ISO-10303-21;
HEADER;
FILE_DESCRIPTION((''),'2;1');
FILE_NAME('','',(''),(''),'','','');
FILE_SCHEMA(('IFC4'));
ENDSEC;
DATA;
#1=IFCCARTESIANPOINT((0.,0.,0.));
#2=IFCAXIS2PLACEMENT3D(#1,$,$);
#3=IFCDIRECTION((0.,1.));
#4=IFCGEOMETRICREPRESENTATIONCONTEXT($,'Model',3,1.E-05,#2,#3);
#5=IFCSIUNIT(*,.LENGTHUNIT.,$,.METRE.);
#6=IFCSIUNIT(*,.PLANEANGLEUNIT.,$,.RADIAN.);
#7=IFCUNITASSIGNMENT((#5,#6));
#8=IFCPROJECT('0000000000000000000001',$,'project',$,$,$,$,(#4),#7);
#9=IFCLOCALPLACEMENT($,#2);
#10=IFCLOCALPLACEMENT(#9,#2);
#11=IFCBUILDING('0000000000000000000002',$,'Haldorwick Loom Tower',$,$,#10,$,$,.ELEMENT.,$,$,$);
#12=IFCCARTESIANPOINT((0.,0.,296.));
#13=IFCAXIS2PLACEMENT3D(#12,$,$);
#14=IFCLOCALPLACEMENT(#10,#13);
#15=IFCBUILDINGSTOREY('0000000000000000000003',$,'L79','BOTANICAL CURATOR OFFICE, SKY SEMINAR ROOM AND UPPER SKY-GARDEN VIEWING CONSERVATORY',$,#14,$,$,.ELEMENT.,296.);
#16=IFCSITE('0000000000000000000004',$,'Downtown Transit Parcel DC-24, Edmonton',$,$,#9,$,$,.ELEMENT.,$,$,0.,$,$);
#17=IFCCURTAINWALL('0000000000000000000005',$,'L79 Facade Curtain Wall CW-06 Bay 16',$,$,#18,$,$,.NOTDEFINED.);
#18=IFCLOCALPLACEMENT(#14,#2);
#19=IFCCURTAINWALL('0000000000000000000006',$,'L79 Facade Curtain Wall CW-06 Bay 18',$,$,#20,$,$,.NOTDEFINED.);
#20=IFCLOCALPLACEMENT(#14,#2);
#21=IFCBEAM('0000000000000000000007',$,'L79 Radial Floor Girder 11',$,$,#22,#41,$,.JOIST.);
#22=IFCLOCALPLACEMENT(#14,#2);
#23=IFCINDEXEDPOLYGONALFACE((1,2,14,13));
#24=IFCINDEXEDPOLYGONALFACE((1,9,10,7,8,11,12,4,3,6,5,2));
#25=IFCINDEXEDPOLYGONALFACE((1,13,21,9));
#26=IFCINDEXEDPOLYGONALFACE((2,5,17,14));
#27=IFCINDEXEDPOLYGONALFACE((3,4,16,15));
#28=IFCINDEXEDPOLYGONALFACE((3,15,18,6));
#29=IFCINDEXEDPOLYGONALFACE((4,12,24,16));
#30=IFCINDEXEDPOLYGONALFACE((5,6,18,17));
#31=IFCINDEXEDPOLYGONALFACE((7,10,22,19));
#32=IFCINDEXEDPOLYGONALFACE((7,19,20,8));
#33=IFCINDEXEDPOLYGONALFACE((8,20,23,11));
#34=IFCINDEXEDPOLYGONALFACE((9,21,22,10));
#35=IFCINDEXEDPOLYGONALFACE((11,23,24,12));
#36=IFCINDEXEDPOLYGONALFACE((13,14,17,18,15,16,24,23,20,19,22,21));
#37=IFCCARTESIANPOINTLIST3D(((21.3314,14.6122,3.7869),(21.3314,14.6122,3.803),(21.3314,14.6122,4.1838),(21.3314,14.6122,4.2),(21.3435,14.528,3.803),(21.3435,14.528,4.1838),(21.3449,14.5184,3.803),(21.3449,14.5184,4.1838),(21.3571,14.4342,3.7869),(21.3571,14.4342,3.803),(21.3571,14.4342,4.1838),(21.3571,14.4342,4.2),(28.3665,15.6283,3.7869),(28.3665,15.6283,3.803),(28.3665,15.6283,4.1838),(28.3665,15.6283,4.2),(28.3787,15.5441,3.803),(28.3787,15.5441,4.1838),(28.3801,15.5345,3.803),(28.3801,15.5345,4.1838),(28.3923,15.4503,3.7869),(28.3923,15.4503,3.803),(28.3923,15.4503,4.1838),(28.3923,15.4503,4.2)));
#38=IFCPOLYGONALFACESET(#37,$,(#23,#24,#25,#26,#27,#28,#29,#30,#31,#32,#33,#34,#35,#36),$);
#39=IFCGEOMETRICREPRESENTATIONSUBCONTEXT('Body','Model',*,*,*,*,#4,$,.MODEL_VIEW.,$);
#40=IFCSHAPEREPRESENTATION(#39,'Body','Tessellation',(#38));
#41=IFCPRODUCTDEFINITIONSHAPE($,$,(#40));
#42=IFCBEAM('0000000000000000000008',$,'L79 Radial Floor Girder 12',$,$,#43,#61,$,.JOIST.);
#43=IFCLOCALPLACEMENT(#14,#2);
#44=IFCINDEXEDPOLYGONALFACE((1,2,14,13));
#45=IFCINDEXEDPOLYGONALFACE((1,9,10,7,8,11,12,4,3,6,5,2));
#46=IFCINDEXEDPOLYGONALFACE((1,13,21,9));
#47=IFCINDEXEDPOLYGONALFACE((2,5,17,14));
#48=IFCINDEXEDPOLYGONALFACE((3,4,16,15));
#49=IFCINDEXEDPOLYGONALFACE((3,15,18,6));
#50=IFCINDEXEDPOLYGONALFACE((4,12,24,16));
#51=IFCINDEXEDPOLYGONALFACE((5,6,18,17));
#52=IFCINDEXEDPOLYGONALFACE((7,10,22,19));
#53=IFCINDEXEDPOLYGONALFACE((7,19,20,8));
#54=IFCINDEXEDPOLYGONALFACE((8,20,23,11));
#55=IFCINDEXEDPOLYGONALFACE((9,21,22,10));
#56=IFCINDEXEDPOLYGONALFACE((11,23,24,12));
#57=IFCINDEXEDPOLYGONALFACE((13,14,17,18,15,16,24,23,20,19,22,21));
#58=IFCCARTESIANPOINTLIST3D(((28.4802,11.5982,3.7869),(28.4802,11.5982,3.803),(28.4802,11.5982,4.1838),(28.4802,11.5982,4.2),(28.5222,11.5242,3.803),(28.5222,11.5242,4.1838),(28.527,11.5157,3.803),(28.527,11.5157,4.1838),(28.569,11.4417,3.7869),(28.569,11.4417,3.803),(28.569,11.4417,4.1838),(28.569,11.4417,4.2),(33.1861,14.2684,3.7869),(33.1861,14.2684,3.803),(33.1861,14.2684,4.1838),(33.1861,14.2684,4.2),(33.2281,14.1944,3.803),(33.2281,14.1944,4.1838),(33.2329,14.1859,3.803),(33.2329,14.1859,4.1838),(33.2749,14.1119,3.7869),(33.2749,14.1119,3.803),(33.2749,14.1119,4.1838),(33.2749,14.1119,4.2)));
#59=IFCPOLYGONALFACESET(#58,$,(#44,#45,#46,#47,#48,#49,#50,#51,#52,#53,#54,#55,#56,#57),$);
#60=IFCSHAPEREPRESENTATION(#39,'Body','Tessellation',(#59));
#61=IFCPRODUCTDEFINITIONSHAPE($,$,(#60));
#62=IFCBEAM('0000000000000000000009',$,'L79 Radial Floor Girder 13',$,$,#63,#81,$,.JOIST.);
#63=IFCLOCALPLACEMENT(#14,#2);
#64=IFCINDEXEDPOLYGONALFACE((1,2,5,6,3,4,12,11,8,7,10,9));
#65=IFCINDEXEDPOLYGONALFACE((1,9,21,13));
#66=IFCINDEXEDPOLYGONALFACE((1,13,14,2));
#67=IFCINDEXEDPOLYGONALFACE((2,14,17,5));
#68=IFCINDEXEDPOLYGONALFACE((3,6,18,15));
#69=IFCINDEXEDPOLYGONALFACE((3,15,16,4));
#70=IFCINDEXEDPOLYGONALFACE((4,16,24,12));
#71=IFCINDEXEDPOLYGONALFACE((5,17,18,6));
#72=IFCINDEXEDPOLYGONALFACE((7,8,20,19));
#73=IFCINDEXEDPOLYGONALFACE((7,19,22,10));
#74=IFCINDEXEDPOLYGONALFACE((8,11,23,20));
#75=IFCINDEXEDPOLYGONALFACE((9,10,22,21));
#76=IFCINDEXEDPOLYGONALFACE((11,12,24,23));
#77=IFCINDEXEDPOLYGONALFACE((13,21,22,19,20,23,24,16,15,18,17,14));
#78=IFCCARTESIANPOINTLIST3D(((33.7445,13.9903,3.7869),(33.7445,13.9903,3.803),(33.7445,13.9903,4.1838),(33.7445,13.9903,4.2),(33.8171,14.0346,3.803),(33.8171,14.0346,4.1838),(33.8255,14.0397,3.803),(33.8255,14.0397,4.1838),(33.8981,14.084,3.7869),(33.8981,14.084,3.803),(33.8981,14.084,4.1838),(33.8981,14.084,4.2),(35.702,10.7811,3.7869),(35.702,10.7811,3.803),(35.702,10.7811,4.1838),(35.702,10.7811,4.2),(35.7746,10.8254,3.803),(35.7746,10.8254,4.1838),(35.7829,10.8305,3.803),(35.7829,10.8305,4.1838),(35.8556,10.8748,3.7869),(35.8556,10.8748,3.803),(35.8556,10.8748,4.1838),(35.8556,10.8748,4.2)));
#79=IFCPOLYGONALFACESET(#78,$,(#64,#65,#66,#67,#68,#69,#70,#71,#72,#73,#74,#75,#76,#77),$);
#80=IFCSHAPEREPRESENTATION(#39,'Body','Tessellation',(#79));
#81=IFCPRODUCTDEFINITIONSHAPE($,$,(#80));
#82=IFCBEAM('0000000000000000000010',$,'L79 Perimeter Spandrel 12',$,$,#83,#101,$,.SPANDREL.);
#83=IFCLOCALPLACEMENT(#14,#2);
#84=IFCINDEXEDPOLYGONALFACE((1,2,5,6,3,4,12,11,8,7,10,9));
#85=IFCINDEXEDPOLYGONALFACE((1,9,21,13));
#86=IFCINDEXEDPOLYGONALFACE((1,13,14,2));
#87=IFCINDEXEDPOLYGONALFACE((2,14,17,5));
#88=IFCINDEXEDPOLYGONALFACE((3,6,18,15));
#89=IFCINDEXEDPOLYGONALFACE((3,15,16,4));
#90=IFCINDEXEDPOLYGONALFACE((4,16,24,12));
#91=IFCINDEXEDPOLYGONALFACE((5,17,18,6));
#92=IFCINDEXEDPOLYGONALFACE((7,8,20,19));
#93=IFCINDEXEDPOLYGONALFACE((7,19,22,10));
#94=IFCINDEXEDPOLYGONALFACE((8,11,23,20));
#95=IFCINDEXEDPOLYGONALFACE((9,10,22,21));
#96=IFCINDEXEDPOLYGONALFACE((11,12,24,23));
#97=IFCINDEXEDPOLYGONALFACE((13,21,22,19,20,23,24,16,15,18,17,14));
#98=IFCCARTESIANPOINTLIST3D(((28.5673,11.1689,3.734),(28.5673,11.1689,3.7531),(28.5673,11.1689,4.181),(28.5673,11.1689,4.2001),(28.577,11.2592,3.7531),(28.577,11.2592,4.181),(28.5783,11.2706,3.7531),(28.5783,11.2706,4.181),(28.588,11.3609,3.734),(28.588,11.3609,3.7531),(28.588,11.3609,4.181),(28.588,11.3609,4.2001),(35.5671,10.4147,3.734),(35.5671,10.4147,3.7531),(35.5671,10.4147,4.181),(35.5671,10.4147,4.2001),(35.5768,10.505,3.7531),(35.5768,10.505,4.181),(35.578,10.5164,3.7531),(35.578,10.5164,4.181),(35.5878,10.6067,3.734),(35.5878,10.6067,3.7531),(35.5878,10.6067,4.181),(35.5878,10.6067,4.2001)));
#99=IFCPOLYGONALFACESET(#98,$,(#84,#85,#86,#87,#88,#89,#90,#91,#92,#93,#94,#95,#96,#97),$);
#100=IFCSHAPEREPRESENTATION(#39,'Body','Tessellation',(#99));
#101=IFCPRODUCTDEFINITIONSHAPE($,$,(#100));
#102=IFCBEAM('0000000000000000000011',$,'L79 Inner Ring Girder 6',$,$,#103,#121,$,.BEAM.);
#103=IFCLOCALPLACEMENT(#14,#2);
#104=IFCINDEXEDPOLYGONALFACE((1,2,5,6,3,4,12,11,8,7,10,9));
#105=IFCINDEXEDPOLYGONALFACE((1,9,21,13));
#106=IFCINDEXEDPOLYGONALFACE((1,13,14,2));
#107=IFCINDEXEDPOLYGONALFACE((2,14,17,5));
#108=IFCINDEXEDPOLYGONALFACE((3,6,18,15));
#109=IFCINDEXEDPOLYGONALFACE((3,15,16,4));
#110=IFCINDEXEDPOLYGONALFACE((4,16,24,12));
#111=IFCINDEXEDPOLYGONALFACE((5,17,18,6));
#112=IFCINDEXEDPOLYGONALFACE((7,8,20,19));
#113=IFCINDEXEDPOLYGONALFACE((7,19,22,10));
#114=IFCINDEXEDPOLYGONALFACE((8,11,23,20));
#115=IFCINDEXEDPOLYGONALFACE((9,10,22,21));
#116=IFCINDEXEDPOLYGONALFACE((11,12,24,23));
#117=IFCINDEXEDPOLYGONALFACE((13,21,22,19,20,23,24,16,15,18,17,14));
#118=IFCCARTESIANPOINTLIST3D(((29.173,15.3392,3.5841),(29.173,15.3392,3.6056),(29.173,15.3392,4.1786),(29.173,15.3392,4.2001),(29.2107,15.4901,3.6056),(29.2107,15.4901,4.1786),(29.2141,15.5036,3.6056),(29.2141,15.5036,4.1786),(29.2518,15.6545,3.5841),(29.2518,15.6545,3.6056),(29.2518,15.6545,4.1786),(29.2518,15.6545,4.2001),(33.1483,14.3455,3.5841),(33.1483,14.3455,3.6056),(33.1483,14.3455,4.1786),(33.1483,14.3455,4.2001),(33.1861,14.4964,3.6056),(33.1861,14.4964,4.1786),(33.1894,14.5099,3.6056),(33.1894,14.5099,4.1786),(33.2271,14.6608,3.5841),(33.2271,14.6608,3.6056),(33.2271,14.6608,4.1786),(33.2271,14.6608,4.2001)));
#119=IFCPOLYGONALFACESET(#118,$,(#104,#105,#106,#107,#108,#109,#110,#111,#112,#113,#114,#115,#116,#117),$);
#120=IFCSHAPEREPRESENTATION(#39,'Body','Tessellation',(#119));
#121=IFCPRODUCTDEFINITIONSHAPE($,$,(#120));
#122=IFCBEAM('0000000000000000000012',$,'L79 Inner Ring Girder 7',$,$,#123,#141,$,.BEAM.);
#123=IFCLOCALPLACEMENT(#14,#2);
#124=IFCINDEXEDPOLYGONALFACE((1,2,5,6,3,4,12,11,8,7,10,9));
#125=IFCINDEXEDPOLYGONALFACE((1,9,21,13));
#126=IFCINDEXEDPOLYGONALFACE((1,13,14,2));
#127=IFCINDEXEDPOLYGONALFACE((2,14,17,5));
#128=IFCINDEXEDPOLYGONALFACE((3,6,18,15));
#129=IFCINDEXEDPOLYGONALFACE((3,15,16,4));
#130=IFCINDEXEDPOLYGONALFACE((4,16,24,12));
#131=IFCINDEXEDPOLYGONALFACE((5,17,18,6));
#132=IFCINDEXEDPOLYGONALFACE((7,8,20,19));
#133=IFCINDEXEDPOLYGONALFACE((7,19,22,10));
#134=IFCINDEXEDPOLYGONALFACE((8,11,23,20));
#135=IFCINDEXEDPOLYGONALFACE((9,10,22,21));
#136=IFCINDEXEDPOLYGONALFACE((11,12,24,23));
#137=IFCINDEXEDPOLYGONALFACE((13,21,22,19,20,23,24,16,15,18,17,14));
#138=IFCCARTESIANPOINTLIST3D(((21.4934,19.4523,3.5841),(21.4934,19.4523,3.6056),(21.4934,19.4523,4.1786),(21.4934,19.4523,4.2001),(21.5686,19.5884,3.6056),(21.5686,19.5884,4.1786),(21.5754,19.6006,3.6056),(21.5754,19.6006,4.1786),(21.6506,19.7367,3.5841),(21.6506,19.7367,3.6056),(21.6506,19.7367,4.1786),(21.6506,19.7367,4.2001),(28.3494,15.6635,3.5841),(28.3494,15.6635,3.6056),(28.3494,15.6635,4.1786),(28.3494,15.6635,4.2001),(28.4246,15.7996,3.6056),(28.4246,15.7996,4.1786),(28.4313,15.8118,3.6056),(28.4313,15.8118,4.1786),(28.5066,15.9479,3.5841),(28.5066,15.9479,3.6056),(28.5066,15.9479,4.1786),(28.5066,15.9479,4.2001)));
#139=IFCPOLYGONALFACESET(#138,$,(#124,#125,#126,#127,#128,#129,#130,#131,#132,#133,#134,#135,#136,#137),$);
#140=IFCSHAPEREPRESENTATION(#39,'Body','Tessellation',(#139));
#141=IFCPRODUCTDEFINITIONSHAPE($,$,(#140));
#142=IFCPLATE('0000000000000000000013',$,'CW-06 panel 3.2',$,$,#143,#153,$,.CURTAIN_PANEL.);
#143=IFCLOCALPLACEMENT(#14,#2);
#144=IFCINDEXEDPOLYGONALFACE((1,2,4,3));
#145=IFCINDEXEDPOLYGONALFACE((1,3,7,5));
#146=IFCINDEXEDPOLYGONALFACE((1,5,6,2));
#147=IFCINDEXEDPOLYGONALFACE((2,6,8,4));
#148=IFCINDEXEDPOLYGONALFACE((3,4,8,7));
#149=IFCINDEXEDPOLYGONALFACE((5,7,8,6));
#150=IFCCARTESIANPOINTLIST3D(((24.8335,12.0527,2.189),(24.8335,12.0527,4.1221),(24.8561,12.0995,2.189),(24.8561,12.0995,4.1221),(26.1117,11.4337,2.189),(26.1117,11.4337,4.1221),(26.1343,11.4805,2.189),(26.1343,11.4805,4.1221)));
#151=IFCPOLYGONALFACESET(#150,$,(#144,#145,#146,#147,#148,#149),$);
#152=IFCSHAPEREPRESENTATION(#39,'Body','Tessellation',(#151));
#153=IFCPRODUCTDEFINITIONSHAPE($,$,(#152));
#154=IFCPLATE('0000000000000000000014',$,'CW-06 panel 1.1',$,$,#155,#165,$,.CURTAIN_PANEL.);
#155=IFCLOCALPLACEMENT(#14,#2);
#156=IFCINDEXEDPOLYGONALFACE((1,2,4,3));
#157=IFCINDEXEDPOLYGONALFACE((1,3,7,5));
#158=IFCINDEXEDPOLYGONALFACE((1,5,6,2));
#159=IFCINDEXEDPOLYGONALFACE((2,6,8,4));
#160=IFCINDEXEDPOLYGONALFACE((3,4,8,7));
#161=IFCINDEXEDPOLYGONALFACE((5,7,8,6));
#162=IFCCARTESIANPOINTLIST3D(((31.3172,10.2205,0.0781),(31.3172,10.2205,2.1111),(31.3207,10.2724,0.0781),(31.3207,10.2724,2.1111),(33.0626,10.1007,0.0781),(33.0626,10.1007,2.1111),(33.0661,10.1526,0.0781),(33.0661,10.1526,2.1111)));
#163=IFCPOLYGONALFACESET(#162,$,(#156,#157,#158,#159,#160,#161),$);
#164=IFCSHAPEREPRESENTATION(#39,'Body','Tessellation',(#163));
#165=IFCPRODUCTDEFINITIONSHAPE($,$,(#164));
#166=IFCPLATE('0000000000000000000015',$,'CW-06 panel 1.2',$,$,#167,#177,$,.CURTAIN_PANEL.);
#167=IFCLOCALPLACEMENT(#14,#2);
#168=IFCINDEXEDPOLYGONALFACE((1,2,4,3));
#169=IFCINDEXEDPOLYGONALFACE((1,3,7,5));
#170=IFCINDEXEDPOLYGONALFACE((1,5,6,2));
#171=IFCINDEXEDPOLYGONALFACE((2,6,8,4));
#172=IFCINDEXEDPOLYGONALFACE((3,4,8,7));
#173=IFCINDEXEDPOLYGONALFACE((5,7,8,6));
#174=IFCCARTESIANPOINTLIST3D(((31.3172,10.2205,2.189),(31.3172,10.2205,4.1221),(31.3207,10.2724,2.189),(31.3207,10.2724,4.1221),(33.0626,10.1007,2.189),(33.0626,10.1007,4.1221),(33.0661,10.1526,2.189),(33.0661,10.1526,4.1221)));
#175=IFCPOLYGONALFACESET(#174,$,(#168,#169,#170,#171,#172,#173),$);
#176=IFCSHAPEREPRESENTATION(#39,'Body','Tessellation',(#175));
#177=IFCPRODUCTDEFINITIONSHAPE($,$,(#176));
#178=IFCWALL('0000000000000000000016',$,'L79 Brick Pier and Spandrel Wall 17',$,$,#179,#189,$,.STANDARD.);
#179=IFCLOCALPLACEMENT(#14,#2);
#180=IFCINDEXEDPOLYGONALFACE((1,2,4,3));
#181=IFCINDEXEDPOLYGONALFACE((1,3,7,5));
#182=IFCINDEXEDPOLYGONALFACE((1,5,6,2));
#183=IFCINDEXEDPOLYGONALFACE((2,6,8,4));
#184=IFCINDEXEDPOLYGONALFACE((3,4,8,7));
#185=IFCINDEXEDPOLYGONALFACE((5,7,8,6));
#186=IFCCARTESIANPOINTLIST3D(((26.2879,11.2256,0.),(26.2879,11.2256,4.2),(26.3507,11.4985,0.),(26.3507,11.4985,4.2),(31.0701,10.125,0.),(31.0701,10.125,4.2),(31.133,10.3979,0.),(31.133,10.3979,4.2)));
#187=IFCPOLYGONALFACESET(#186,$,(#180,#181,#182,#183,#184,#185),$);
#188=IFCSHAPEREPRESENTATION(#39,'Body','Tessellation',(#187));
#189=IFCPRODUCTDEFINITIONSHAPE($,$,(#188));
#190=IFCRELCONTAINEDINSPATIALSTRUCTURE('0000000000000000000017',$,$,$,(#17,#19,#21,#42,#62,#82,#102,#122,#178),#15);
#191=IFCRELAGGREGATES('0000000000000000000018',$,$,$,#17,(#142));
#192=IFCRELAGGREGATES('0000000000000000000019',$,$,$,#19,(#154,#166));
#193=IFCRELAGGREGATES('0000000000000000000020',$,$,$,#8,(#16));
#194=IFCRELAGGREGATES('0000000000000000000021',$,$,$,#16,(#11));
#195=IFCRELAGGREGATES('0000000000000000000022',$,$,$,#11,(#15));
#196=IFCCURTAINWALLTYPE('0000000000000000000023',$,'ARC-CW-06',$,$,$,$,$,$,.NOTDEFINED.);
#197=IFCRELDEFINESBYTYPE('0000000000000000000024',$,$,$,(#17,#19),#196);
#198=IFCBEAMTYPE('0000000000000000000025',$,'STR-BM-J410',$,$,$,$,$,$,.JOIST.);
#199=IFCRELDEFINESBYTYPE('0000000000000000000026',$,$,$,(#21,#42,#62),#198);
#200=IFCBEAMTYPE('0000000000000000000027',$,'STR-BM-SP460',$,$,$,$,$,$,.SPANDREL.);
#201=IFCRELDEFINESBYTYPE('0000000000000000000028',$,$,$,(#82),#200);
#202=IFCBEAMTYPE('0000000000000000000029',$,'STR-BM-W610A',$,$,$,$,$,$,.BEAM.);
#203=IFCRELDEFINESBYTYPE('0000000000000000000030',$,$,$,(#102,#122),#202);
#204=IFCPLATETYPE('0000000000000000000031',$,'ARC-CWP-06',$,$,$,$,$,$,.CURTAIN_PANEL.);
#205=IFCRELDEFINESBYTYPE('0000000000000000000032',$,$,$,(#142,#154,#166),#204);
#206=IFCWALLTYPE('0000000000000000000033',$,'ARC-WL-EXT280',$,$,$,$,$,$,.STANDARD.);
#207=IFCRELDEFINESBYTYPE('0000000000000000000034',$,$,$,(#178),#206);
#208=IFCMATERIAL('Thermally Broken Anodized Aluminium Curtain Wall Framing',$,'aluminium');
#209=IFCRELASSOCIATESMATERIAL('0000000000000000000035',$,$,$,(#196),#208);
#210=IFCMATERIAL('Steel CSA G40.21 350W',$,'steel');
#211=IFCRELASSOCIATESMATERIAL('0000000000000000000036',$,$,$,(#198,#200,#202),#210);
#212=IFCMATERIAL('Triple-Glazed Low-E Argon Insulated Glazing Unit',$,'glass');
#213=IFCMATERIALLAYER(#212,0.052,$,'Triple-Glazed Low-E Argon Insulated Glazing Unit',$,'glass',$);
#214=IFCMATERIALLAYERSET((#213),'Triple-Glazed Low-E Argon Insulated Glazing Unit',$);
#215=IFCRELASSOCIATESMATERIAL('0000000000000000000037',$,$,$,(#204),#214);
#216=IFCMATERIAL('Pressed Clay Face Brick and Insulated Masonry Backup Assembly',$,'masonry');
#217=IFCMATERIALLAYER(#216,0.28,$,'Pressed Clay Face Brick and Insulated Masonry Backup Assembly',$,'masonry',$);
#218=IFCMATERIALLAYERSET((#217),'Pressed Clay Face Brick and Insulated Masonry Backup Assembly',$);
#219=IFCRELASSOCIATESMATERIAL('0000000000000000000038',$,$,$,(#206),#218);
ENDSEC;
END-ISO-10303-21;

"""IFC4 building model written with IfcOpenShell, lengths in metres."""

from ifc_helpers import new_model, si_unit, direction, frame, frame_2d, origin, origin_2d, place, context, subcontext, project, spatial, rectangle, i_section, extrude, material, layer, layer_set, material_profile, profile_set, type_object, element, aggregate, save


model = new_model("IFC4")

# Units and contexts
model_context = context("Model", 3, precision=1e-05, world=origin(), true_north=direction((0.0, 1.0)))
body_context = subcontext(model_context, "Body", "Model", "MODEL_VIEW")
ifc_project = project(units=[si_unit("LENGTHUNIT", "METRE"), si_unit("PLANEANGLEUNIT", "RADIAN")], contexts=[model_context])

# Site, building, storey
site_placement = place(None, origin())
site = spatial("IfcSite", under=ifc_project, at=site_placement, Name="Downtown Transit Parcel DC-24, Edmonton", CompositionType="ELEMENT", RefElevation=0.0)
building_placement = place(site_placement, origin())
building = spatial("IfcBuilding", under=site, at=building_placement, Name="Haldorwick Loom Tower", CompositionType="ELEMENT")
storey_placement = place(building_placement, frame((0.0, 0.0, 296.0)))
storey = spatial("IfcBuildingStorey", under=building, at=storey_placement, Name="L79", Description="BOTANICAL CURATOR OFFICE, SKY SEMINAR ROOM AND UPPER SKY-GARDEN VIEWING CONSERVATORY", CompositionType="ELEMENT", Elevation=296.0)

# Curtain wall
ifc_material_1 = material(Name="Thermally Broken Anodized Aluminium Curtain Wall Framing", Category="aluminium")
curtain_wall_type = type_object("IfcCurtainWallType", Name="ARC-CW-06", PredefinedType="NOTDEFINED", material=ifc_material_1)
curtain_wall_1_placement = place(storey_placement, origin())
curtain_wall_1 = element("IfcCurtainWall", 1, at=curtain_wall_1_placement, inside=storey, type_object=curtain_wall_type, Name="L79 Facade Curtain Wall CW-06 Bay 16", PredefinedType="NOTDEFINED")

# Curtain wall
curtain_wall_2_placement = place(storey_placement, origin())
curtain_wall_2 = element("IfcCurtainWall", 2, at=curtain_wall_2_placement, inside=storey, type_object=curtain_wall_type, Name="L79 Facade Curtain Wall CW-06 Bay 18", PredefinedType="NOTDEFINED")

# Beams
ifc_material_2 = material(Name="Steel CSA G40.21 350W", Category="steel")
ifc_material_profile_1 = material_profile(ifc_material_2, i_section(OverallWidth=0.1799, OverallDepth=0.4131, WebThickness=0.0098, FlangeThickness=0.0161, at=origin_2d()), Name="W410X74", Category="steel")
ifc_profile_set_1 = profile_set([ifc_material_profile_1], Name="Steel CSA G40.21 350W")
beam_type_1 = type_object("IfcBeamType", Name="STR-BM-J410", PredefinedType="JOIST", material=ifc_profile_set_1)
beam_1_placement = place(storey_placement, frame((28.3794, 15.5393, 3.9934), z_axis=(-0.98973, -0.14295, 0.0), x_axis=(0.14295, -0.98973, 0.0)))
element("IfcBeam", 3, at=beam_1_placement, inside=storey, type_object=beam_type_1, Name="L79 Radial Floor Girder 11", PredefinedType="JOIST", context=body_context, shape_type="SweptSolid", body=[
    extrude(i_section(OverallWidth=0.1799, OverallDepth=0.4131, WebThickness=0.0098, FlangeThickness=0.0161, at=origin_2d()), origin(), (0.0, 0.0, 1.0), 7.1082),
])
beam_2_placement = place(storey_placement, frame((33.2305, 14.1902, 3.9934), z_axis=(-0.869741, -0.493508, 0.0), x_axis=(0.493508, -0.869741, 0.0)))
element("IfcBeam", 4, at=beam_2_placement, inside=storey, type_object=beam_type_1, Name="L79 Radial Floor Girder 12", PredefinedType="JOIST", context=body_context, shape_type="SweptSolid", body=[
    extrude(i_section(OverallWidth=0.1799, OverallDepth=0.4131, WebThickness=0.0098, FlangeThickness=0.0161, at=origin_2d()), origin(), (0.0, 0.0, 1.0), 5.4106),
])
beam_3_placement = place(storey_placement, frame((33.8213, 14.0371, 3.9934), z_axis=(0.520738, -0.853717, 0.0), x_axis=(0.853717, 0.520738, 0.0)))
element("IfcBeam", 5, at=beam_3_placement, inside=storey, type_object=beam_type_1, Name="L79 Radial Floor Girder 13", PredefinedType="JOIST", context=body_context, shape_type="SweptSolid", body=[
    extrude(i_section(OverallWidth=0.1799, OverallDepth=0.4131, WebThickness=0.0098, FlangeThickness=0.0161, at=origin_2d()), origin(), (0.0, 0.0, 1.0), 3.759),
])
ifc_material_profile_2 = material_profile(ifc_material_2, i_section(OverallWidth=0.1931, OverallDepth=0.4661, WebThickness=0.0115, FlangeThickness=0.019, at=origin_2d()), Name="W460X97", Category="steel")
ifc_profile_set_2 = profile_set([ifc_material_profile_2], Name="Steel CSA G40.21 350W")
beam_type_2 = type_object("IfcBeamType", Name="STR-BM-SP460", PredefinedType="SPANDREL", material=ifc_profile_set_2)
beam_4_placement = place(storey_placement, frame((28.5776, 11.2649, 3.967), z_axis=(0.994246, -0.10712, 0.0), x_axis=(0.10712, 0.994246, 0.0)))
element("IfcBeam", 6, at=beam_4_placement, inside=storey, type_object=beam_type_2, Name="L79 Perimeter Spandrel 12", PredefinedType="SPANDREL", context=body_context, shape_type="SweptSolid", body=[
    extrude(i_section(OverallWidth=0.1931, OverallDepth=0.4661, WebThickness=0.0115, FlangeThickness=0.019, at=origin_2d()), origin(), (0.0, 0.0, 1.0), 7.0403),
])
ifc_material_profile_3 = material_profile(ifc_material_2, i_section(OverallWidth=0.325, OverallDepth=0.616, WebThickness=0.0139, FlangeThickness=0.0215, at=origin_2d()), Name="W610X174", Category="steel")
ifc_profile_set_3 = profile_set([ifc_material_profile_3], Name="Steel CSA G40.21 350W")
beam_type_3 = type_object("IfcBeamType", Name="STR-BM-W610A", PredefinedType="BEAM", material=ifc_profile_set_3)
beam_5_placement = place(storey_placement, frame((33.1877, 14.5032, 3.8921), z_axis=(-0.970153, 0.242494, 0.0), x_axis=(-0.242494, -0.970153, 0.0)))
element("IfcBeam", 7, at=beam_5_placement, inside=storey, type_object=beam_type_3, Name="L79 Inner Ring Girder 6", PredefinedType="BEAM", context=body_context, shape_type="SweptSolid", body=[
    extrude(i_section(OverallWidth=0.325, OverallDepth=0.616, WebThickness=0.0139, FlangeThickness=0.0215, at=origin_2d()), origin(), (0.0, 0.0, 1.0), 4.0977),
])
beam_6_placement = place(storey_placement, frame((28.428, 15.8057, 3.8921), z_axis=(-0.875242, 0.483686, 0.0), x_axis=(-0.483686, -0.875242, 0.0)))
element("IfcBeam", 8, at=beam_6_placement, inside=storey, type_object=beam_type_3, Name="L79 Inner Ring Girder 7", PredefinedType="BEAM", context=body_context, shape_type="SweptSolid", body=[
    extrude(i_section(OverallWidth=0.325, OverallDepth=0.616, WebThickness=0.0139, FlangeThickness=0.0215, at=origin_2d()), origin(), (0.0, 0.0, 1.0), 7.8333),
])

# Plates
ifc_material_3 = material(Name="Triple-Glazed Low-E Argon Insulated Glazing Unit", Category="glass")
ifc_layer_1 = layer(ifc_material_3, 0.052, Name="Triple-Glazed Low-E Argon Insulated Glazing Unit", Category="glass")
ifc_layer_set_1 = layer_set([ifc_layer_1], Name="Triple-Glazed Low-E Argon Insulated Glazing Unit")
plate_type = type_object("IfcPlateType", Name="ARC-CWP-06", PredefinedType="CURTAIN_PANEL", material=ifc_layer_set_1)
plate_1_placement = place(storey_placement, frame((25.4839, 11.7666, 2.189), z_axis=(0.0, 0.0, 1.0), x_axis=(0.900032, -0.435824, 0.0)))
plate_1 = element("IfcPlate", 9, at=plate_1_placement, type_object=plate_type, Name="CW-06 panel 3.2", PredefinedType="CURTAIN_PANEL", context=body_context, shape_type="SweptSolid", body=[
    extrude(rectangle(XDim=1.4202, YDim=0.052, at=origin_2d()), origin(), (0.0, 0.0, 1.0), 1.9331),
])
aggregate(curtain_wall_1, [plate_1])
plate_2_placement = place(storey_placement, frame((32.1917, 10.1865, 0.0781), z_axis=(0.0, 0.0, 1.0), x_axis=(0.997653, -0.068469, 0.0)))
plate_2 = element("IfcPlate", 10, at=plate_2_placement, type_object=plate_type, Name="CW-06 panel 1.1", PredefinedType="CURTAIN_PANEL", context=body_context, shape_type="SweptSolid", body=[
    extrude(rectangle(XDim=1.7495, YDim=0.052, at=origin_2d()), origin(), (0.0, 0.0, 1.0), 2.033),
])
plate_3_placement = place(storey_placement, frame((32.1917, 10.1865, 2.189), z_axis=(0.0, 0.0, 1.0), x_axis=(0.997653, -0.068469, 0.0)))
plate_3 = element("IfcPlate", 11, at=plate_3_placement, type_object=plate_type, Name="CW-06 panel 1.2", PredefinedType="CURTAIN_PANEL", context=body_context, shape_type="SweptSolid", body=[
    extrude(rectangle(XDim=1.7495, YDim=0.052, at=origin_2d()), origin(), (0.0, 0.0, 1.0), 1.9331),
])
aggregate(curtain_wall_2, [plate_2, plate_3])

# Wall
ifc_material_4 = material(Name="Pressed Clay Face Brick and Insulated Masonry Backup Assembly", Category="masonry")
ifc_layer_2 = layer(ifc_material_4, 0.28, Name="Pressed Clay Face Brick and Insulated Masonry Backup Assembly", Category="masonry")
ifc_layer_set_2 = layer_set([ifc_layer_2], Name="Pressed Clay Face Brick and Insulated Masonry Backup Assembly")
wall_type_1 = type_object("IfcWallType", Name="ARC-WL-EXT280", PredefinedType="STANDARD", material=ifc_layer_set_2)
wall_1_placement = place(storey_placement, frame((26.3193, 11.3621, 0.0), z_axis=(0.0, 0.0, 1.0), x_axis=(0.974525, -0.224278, 0.0)))
element("IfcWall", 12, at=wall_1_placement, inside=storey, type_object=wall_type_1, Name="L79 Brick Pier and Spandrel Wall 17", PredefinedType="STANDARD", context=body_context, shape_type="SweptSolid", body=[
    extrude(rectangle(XDim=4.9072, YDim=0.28, at=frame_2d((2.4536, 0.0))), origin(), (0.0, 0.0, 1.0), 4.2),
])

save(model, "model.ifc")
